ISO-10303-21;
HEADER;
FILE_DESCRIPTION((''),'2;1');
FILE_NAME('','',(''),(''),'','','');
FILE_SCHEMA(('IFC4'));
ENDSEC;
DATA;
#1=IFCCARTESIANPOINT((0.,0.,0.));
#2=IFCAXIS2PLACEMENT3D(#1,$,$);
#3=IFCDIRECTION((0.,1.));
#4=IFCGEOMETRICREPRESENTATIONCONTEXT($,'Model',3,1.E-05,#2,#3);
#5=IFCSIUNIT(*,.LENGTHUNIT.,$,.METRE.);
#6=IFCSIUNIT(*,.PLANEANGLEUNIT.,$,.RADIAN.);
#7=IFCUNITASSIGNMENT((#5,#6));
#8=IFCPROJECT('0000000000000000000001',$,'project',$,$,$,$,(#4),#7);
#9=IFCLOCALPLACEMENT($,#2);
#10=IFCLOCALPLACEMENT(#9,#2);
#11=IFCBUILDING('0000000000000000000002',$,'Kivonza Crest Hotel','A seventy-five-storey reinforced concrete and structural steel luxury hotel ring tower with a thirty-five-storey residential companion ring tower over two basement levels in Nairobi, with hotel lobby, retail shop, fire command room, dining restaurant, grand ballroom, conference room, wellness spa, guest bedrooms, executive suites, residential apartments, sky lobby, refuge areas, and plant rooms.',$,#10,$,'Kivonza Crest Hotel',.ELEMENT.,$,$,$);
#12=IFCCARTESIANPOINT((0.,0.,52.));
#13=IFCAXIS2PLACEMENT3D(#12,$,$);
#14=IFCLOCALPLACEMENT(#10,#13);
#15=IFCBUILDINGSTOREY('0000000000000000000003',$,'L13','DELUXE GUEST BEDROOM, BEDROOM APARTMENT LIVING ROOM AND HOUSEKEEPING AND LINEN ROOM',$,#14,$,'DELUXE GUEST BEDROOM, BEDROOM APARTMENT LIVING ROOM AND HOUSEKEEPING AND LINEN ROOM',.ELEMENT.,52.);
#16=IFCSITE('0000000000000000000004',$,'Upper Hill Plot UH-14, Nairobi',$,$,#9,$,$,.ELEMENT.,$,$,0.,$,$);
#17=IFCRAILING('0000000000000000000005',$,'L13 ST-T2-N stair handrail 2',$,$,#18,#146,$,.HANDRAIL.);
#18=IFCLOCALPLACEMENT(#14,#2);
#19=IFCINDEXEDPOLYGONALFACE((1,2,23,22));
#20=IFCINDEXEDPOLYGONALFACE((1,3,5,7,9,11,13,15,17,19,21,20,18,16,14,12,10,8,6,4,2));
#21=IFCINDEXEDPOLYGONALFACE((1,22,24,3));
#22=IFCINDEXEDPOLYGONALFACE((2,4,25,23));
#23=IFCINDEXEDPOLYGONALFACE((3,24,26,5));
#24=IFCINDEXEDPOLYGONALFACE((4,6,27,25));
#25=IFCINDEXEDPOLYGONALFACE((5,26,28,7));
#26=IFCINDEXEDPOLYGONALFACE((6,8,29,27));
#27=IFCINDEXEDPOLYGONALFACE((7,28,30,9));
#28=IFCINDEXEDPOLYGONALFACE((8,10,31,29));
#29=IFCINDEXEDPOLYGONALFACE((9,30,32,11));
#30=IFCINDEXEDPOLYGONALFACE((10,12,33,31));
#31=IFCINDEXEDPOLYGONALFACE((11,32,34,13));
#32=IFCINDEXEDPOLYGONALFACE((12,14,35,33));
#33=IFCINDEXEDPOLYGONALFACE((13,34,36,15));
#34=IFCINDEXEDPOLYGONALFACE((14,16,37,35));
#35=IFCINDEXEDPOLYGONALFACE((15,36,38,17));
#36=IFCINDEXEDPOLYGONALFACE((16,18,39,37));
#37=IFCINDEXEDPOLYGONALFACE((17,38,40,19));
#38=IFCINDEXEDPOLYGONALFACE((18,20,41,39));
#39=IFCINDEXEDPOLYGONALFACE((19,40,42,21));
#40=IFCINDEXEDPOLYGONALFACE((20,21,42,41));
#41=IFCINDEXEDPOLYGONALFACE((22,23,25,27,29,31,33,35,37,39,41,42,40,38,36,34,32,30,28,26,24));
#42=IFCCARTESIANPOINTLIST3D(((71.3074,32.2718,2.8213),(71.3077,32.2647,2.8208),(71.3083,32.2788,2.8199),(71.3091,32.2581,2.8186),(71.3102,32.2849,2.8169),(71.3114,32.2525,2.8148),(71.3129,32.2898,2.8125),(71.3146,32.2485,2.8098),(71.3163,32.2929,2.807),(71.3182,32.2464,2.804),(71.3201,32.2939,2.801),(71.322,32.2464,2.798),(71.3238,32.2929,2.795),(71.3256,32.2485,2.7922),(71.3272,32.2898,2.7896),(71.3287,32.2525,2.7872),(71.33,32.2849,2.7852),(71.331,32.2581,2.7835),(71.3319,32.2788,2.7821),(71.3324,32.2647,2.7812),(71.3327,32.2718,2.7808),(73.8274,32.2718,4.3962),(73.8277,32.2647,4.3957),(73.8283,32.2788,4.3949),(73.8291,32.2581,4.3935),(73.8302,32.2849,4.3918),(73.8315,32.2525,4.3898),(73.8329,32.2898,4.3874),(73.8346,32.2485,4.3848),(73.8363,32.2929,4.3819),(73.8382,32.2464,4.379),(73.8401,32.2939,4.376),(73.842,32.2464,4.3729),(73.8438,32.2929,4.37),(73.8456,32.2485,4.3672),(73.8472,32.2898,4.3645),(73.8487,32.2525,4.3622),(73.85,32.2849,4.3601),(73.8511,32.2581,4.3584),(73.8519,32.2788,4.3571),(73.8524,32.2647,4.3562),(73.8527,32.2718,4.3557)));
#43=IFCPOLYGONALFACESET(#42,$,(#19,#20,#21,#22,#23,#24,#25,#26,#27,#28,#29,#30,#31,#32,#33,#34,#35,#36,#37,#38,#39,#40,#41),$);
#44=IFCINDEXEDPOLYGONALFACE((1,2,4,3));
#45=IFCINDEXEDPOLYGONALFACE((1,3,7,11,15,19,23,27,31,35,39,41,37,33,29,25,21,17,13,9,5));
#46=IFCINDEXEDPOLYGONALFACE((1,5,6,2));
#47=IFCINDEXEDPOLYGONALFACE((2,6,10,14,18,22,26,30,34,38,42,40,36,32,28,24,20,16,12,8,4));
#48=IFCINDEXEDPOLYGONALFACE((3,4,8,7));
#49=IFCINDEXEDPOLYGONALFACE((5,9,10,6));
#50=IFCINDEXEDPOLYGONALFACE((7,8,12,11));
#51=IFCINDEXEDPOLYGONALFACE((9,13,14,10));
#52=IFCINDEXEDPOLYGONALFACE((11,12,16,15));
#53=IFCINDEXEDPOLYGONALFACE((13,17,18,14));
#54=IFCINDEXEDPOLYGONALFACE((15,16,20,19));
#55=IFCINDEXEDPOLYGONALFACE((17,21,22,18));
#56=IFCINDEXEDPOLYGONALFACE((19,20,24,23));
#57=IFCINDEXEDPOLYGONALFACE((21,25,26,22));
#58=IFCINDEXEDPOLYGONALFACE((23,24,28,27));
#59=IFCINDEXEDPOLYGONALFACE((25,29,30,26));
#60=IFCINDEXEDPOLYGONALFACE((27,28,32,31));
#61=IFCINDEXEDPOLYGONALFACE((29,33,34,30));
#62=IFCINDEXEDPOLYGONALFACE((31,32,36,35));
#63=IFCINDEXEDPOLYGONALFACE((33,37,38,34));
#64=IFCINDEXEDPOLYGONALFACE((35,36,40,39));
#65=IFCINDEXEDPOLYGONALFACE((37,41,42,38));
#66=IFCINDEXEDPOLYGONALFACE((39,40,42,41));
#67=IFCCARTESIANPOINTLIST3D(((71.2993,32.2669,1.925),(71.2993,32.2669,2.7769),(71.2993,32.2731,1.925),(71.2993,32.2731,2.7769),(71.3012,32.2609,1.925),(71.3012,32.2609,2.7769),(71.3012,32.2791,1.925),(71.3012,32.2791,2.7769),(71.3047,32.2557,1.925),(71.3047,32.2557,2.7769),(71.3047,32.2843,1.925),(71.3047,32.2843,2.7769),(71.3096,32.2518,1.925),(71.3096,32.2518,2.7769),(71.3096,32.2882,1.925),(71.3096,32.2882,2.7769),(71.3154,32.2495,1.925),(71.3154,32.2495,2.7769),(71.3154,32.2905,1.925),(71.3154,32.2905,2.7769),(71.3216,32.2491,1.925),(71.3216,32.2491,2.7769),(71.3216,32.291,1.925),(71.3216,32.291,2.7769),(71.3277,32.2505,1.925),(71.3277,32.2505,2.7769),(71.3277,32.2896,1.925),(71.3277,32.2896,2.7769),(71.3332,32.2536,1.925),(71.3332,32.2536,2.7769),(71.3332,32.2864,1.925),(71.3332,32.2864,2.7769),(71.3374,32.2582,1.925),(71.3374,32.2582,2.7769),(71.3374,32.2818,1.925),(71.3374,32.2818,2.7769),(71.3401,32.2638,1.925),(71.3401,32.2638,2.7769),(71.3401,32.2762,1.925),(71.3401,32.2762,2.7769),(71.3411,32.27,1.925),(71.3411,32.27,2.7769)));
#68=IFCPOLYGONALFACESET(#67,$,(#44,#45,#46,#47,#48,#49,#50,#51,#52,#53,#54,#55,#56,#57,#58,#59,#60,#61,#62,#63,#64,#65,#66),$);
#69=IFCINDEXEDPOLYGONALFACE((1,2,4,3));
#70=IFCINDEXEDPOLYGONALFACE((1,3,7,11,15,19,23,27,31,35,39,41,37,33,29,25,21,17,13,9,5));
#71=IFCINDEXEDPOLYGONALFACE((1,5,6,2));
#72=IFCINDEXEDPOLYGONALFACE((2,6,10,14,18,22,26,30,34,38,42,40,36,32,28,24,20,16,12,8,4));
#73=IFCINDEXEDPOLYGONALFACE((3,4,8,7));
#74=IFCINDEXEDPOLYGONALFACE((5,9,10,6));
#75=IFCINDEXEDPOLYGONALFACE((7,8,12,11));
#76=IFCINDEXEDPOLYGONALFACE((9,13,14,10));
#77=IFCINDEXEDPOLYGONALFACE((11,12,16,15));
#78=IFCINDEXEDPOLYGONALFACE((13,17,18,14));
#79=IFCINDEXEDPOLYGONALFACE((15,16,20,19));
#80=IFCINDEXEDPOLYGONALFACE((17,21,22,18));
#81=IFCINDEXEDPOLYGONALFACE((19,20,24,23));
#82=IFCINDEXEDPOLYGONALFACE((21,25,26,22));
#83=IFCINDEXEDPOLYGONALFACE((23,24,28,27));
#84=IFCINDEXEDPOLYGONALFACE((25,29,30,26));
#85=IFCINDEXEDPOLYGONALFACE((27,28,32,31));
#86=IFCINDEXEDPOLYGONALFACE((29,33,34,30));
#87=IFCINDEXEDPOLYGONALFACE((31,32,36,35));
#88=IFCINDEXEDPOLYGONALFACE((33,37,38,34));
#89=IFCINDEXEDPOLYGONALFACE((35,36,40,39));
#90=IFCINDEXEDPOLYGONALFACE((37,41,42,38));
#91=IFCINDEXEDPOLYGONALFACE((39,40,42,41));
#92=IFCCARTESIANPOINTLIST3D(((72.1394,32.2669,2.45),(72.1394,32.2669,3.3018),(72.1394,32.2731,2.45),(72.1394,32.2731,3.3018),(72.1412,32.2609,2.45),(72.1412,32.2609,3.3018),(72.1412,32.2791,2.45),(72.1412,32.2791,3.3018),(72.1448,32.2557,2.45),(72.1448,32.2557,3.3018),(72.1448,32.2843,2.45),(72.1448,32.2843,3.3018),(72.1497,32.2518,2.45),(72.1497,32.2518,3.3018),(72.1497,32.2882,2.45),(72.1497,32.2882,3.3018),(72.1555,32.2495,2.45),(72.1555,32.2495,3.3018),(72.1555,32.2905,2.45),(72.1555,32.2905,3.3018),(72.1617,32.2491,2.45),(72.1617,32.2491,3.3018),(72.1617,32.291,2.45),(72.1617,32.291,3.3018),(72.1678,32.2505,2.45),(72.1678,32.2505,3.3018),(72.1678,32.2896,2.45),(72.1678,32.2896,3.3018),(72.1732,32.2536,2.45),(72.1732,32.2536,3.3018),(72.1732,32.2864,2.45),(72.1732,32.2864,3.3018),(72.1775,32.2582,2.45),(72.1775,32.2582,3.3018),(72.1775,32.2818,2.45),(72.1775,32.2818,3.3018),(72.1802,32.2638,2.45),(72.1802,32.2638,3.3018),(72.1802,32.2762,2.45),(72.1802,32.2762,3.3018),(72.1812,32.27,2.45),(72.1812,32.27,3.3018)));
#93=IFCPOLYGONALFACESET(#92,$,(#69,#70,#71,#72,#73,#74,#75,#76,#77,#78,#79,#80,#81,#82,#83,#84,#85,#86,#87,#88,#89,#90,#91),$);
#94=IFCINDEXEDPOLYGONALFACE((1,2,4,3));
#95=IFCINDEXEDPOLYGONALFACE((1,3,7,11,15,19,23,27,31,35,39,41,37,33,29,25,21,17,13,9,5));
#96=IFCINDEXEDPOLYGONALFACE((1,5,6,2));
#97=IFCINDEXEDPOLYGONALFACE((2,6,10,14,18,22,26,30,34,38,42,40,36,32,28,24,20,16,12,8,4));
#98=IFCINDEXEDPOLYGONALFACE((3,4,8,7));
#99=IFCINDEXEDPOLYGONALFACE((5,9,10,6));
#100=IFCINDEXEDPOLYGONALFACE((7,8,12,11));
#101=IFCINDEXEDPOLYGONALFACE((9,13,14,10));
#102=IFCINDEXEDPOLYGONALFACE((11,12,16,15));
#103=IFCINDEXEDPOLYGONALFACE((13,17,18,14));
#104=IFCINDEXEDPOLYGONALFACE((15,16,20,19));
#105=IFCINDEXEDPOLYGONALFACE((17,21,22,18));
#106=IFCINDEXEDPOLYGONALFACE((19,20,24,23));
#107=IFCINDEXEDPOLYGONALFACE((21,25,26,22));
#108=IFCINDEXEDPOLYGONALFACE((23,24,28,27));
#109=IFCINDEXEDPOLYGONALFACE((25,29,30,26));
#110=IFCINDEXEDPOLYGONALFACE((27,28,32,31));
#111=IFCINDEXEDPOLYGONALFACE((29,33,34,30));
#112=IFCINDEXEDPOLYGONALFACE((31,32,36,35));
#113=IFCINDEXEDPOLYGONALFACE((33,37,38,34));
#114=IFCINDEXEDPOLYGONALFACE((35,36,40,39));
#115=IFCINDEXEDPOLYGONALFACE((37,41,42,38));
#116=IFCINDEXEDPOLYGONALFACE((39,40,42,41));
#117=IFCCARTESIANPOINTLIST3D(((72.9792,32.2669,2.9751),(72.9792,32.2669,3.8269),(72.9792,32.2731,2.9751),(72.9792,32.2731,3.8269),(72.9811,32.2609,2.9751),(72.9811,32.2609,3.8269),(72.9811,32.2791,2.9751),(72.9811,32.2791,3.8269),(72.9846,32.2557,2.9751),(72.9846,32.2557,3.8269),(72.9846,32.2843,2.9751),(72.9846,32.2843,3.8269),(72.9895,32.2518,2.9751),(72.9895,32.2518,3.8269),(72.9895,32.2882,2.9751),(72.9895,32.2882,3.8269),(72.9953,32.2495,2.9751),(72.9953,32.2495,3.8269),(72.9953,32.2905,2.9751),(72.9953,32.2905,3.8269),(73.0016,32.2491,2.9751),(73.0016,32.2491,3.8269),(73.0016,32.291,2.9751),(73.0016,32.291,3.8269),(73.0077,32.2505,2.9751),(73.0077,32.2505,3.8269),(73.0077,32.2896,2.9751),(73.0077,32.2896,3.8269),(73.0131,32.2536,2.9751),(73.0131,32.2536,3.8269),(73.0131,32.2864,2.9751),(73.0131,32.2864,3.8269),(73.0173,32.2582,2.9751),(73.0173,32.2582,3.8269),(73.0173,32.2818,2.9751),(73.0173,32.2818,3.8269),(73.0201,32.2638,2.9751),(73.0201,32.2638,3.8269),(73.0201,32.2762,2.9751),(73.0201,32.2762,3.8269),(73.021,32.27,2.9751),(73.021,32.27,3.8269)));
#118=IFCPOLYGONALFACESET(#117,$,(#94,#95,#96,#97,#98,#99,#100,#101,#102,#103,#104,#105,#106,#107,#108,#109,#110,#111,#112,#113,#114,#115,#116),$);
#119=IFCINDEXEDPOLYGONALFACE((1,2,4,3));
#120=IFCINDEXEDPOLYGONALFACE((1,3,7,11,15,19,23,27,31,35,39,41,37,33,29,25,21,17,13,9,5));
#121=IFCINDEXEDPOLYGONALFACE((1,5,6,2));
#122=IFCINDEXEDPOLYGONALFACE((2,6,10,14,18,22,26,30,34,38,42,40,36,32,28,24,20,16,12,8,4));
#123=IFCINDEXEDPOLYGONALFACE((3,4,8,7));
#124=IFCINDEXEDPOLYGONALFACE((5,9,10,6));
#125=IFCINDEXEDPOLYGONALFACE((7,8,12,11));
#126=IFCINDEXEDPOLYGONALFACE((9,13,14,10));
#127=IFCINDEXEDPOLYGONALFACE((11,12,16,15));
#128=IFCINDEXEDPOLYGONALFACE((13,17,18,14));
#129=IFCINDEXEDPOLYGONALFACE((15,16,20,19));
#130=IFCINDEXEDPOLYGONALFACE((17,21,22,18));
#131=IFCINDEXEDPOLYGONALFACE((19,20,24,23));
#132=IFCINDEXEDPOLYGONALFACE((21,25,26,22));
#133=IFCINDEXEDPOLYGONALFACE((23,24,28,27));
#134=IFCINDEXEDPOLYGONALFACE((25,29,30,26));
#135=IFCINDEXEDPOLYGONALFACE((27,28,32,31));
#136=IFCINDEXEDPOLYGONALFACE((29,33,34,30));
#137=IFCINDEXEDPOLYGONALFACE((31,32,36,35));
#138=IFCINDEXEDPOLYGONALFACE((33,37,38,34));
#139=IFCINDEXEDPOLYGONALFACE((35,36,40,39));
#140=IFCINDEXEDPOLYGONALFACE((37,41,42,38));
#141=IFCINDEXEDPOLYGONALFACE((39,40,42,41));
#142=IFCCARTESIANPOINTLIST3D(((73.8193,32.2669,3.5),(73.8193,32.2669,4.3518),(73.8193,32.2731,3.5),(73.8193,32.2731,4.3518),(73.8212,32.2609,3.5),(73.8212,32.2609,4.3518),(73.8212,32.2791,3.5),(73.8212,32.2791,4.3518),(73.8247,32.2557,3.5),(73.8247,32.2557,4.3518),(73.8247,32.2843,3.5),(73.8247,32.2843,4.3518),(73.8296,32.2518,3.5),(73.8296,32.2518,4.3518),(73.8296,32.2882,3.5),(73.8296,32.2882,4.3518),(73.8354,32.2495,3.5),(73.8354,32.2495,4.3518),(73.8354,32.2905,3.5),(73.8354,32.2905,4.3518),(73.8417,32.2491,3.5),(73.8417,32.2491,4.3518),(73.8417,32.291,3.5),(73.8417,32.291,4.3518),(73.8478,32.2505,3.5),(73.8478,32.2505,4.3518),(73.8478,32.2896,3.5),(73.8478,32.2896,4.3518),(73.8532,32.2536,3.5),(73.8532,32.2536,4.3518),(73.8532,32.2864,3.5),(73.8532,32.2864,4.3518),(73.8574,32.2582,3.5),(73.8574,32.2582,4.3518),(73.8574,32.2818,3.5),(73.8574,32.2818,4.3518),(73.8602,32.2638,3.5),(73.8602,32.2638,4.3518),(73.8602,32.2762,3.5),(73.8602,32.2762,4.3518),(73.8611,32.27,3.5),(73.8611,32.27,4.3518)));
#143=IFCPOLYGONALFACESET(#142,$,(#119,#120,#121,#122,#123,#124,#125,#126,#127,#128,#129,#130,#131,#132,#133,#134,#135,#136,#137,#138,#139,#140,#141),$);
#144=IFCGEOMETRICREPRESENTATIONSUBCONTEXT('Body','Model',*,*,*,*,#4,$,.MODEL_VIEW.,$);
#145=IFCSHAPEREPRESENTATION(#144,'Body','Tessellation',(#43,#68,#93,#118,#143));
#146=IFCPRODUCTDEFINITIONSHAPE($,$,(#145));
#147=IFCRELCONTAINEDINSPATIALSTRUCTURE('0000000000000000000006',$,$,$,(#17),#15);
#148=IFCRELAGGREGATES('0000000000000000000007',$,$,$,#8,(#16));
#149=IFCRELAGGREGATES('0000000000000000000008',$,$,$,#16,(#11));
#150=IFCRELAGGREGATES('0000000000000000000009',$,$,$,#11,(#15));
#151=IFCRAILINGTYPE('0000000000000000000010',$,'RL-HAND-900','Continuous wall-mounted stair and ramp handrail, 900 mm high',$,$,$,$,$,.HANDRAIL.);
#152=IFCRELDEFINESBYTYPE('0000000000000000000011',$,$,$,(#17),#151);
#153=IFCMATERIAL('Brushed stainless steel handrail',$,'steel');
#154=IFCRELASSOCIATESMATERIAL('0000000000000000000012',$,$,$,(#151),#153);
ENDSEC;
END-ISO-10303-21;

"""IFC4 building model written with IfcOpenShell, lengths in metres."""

from ifc_helpers import new_model, si_unit, direction, frame, origin, origin_2d, place, context, subcontext, project, spatial, circle, extrude, material, type_object, element, save


model = new_model("IFC4")

# Units and contexts
model_context = context("Model", 3, precision=1e-05, world=origin(), true_north=direction((0.0, 1.0)))
body_context = subcontext(model_context, "Body", "Model", "MODEL_VIEW")
ifc_project = project(units=[si_unit("LENGTHUNIT", "METRE"), si_unit("PLANEANGLEUNIT", "RADIAN")], contexts=[model_context])

# Site, building, storey
site_placement = place(None, origin())
site = spatial("IfcSite", under=ifc_project, at=site_placement, Name="Upper Hill Plot UH-14, Nairobi", CompositionType="ELEMENT", RefElevation=0.0)
building_placement = place(site_placement, origin())
building = spatial("IfcBuilding", under=site, at=building_placement, Name="Kivonza Crest Hotel", Description="A seventy-five-storey reinforced concrete and structural steel luxury hotel ring tower with a thirty-five-storey residential companion ring tower over two basement levels in Nairobi, with hotel lobby, retail shop, fire command room, dining restaurant, grand ballroom, conference room, wellness spa, guest bedrooms, executive suites, residential apartments, sky lobby, refuge areas, and plant rooms.", LongName="Kivonza Crest Hotel", CompositionType="ELEMENT")
storey_placement = place(building_placement, frame((0.0, 0.0, 52.0)))
storey = spatial("IfcBuildingStorey", under=building, at=storey_placement, Name="L13", Description="DELUXE GUEST BEDROOM, BEDROOM APARTMENT LIVING ROOM AND HOUSEKEEPING AND LINEN ROOM", LongName="DELUXE GUEST BEDROOM, BEDROOM APARTMENT LIVING ROOM AND HOUSEKEEPING AND LINEN ROOM", CompositionType="ELEMENT", Elevation=52.0)

# Railing
ifc_material_1 = material(Name="Brushed stainless steel handrail", Category="steel")
railing_type_1 = type_object("IfcRailingType", Name="RL-HAND-900", Description="Continuous wall-mounted stair and ramp handrail, 900 mm high", PredefinedType="HANDRAIL", material=ifc_material_1)
railing_1_placement = place(storey_placement, frame((71.3201, 32.27, 1.925)))
element("IfcRailing", 1, at=railing_1_placement, inside=storey, type_object=railing_type_1, Name="L13 ST-T2-N stair handrail 2", PredefinedType="HANDRAIL", context=body_context, shape_type="SweptSolid", body=[
    extrude(circle(Radius=0.0239, at=origin_2d()), frame((0.0, 0.0, 0.876), z_axis=(0.848008, 0.0, 0.529984), x_axis=(0.0, 1.0, 0.0)), (0.0, 0.0, 1.0), 2.9717),
    extrude(circle(Radius=0.021, at=origin_2d()), origin(), (0.0, 0.0, 1.0), 0.8518),
    extrude(circle(Radius=0.021, at=origin_2d()), frame((0.8401, 0.0, 0.5249)), (0.0, 0.0, 1.0), 0.8518),
    extrude(circle(Radius=0.021, at=origin_2d()), frame((1.6799, 0.0, 1.05)), (0.0, 0.0, 1.0), 0.8518),
    extrude(circle(Radius=0.021, at=origin_2d()), frame((2.52, 0.0, 1.575)), (0.0, 0.0, 1.0), 0.8518),
])

save(model, "model.ifc")
